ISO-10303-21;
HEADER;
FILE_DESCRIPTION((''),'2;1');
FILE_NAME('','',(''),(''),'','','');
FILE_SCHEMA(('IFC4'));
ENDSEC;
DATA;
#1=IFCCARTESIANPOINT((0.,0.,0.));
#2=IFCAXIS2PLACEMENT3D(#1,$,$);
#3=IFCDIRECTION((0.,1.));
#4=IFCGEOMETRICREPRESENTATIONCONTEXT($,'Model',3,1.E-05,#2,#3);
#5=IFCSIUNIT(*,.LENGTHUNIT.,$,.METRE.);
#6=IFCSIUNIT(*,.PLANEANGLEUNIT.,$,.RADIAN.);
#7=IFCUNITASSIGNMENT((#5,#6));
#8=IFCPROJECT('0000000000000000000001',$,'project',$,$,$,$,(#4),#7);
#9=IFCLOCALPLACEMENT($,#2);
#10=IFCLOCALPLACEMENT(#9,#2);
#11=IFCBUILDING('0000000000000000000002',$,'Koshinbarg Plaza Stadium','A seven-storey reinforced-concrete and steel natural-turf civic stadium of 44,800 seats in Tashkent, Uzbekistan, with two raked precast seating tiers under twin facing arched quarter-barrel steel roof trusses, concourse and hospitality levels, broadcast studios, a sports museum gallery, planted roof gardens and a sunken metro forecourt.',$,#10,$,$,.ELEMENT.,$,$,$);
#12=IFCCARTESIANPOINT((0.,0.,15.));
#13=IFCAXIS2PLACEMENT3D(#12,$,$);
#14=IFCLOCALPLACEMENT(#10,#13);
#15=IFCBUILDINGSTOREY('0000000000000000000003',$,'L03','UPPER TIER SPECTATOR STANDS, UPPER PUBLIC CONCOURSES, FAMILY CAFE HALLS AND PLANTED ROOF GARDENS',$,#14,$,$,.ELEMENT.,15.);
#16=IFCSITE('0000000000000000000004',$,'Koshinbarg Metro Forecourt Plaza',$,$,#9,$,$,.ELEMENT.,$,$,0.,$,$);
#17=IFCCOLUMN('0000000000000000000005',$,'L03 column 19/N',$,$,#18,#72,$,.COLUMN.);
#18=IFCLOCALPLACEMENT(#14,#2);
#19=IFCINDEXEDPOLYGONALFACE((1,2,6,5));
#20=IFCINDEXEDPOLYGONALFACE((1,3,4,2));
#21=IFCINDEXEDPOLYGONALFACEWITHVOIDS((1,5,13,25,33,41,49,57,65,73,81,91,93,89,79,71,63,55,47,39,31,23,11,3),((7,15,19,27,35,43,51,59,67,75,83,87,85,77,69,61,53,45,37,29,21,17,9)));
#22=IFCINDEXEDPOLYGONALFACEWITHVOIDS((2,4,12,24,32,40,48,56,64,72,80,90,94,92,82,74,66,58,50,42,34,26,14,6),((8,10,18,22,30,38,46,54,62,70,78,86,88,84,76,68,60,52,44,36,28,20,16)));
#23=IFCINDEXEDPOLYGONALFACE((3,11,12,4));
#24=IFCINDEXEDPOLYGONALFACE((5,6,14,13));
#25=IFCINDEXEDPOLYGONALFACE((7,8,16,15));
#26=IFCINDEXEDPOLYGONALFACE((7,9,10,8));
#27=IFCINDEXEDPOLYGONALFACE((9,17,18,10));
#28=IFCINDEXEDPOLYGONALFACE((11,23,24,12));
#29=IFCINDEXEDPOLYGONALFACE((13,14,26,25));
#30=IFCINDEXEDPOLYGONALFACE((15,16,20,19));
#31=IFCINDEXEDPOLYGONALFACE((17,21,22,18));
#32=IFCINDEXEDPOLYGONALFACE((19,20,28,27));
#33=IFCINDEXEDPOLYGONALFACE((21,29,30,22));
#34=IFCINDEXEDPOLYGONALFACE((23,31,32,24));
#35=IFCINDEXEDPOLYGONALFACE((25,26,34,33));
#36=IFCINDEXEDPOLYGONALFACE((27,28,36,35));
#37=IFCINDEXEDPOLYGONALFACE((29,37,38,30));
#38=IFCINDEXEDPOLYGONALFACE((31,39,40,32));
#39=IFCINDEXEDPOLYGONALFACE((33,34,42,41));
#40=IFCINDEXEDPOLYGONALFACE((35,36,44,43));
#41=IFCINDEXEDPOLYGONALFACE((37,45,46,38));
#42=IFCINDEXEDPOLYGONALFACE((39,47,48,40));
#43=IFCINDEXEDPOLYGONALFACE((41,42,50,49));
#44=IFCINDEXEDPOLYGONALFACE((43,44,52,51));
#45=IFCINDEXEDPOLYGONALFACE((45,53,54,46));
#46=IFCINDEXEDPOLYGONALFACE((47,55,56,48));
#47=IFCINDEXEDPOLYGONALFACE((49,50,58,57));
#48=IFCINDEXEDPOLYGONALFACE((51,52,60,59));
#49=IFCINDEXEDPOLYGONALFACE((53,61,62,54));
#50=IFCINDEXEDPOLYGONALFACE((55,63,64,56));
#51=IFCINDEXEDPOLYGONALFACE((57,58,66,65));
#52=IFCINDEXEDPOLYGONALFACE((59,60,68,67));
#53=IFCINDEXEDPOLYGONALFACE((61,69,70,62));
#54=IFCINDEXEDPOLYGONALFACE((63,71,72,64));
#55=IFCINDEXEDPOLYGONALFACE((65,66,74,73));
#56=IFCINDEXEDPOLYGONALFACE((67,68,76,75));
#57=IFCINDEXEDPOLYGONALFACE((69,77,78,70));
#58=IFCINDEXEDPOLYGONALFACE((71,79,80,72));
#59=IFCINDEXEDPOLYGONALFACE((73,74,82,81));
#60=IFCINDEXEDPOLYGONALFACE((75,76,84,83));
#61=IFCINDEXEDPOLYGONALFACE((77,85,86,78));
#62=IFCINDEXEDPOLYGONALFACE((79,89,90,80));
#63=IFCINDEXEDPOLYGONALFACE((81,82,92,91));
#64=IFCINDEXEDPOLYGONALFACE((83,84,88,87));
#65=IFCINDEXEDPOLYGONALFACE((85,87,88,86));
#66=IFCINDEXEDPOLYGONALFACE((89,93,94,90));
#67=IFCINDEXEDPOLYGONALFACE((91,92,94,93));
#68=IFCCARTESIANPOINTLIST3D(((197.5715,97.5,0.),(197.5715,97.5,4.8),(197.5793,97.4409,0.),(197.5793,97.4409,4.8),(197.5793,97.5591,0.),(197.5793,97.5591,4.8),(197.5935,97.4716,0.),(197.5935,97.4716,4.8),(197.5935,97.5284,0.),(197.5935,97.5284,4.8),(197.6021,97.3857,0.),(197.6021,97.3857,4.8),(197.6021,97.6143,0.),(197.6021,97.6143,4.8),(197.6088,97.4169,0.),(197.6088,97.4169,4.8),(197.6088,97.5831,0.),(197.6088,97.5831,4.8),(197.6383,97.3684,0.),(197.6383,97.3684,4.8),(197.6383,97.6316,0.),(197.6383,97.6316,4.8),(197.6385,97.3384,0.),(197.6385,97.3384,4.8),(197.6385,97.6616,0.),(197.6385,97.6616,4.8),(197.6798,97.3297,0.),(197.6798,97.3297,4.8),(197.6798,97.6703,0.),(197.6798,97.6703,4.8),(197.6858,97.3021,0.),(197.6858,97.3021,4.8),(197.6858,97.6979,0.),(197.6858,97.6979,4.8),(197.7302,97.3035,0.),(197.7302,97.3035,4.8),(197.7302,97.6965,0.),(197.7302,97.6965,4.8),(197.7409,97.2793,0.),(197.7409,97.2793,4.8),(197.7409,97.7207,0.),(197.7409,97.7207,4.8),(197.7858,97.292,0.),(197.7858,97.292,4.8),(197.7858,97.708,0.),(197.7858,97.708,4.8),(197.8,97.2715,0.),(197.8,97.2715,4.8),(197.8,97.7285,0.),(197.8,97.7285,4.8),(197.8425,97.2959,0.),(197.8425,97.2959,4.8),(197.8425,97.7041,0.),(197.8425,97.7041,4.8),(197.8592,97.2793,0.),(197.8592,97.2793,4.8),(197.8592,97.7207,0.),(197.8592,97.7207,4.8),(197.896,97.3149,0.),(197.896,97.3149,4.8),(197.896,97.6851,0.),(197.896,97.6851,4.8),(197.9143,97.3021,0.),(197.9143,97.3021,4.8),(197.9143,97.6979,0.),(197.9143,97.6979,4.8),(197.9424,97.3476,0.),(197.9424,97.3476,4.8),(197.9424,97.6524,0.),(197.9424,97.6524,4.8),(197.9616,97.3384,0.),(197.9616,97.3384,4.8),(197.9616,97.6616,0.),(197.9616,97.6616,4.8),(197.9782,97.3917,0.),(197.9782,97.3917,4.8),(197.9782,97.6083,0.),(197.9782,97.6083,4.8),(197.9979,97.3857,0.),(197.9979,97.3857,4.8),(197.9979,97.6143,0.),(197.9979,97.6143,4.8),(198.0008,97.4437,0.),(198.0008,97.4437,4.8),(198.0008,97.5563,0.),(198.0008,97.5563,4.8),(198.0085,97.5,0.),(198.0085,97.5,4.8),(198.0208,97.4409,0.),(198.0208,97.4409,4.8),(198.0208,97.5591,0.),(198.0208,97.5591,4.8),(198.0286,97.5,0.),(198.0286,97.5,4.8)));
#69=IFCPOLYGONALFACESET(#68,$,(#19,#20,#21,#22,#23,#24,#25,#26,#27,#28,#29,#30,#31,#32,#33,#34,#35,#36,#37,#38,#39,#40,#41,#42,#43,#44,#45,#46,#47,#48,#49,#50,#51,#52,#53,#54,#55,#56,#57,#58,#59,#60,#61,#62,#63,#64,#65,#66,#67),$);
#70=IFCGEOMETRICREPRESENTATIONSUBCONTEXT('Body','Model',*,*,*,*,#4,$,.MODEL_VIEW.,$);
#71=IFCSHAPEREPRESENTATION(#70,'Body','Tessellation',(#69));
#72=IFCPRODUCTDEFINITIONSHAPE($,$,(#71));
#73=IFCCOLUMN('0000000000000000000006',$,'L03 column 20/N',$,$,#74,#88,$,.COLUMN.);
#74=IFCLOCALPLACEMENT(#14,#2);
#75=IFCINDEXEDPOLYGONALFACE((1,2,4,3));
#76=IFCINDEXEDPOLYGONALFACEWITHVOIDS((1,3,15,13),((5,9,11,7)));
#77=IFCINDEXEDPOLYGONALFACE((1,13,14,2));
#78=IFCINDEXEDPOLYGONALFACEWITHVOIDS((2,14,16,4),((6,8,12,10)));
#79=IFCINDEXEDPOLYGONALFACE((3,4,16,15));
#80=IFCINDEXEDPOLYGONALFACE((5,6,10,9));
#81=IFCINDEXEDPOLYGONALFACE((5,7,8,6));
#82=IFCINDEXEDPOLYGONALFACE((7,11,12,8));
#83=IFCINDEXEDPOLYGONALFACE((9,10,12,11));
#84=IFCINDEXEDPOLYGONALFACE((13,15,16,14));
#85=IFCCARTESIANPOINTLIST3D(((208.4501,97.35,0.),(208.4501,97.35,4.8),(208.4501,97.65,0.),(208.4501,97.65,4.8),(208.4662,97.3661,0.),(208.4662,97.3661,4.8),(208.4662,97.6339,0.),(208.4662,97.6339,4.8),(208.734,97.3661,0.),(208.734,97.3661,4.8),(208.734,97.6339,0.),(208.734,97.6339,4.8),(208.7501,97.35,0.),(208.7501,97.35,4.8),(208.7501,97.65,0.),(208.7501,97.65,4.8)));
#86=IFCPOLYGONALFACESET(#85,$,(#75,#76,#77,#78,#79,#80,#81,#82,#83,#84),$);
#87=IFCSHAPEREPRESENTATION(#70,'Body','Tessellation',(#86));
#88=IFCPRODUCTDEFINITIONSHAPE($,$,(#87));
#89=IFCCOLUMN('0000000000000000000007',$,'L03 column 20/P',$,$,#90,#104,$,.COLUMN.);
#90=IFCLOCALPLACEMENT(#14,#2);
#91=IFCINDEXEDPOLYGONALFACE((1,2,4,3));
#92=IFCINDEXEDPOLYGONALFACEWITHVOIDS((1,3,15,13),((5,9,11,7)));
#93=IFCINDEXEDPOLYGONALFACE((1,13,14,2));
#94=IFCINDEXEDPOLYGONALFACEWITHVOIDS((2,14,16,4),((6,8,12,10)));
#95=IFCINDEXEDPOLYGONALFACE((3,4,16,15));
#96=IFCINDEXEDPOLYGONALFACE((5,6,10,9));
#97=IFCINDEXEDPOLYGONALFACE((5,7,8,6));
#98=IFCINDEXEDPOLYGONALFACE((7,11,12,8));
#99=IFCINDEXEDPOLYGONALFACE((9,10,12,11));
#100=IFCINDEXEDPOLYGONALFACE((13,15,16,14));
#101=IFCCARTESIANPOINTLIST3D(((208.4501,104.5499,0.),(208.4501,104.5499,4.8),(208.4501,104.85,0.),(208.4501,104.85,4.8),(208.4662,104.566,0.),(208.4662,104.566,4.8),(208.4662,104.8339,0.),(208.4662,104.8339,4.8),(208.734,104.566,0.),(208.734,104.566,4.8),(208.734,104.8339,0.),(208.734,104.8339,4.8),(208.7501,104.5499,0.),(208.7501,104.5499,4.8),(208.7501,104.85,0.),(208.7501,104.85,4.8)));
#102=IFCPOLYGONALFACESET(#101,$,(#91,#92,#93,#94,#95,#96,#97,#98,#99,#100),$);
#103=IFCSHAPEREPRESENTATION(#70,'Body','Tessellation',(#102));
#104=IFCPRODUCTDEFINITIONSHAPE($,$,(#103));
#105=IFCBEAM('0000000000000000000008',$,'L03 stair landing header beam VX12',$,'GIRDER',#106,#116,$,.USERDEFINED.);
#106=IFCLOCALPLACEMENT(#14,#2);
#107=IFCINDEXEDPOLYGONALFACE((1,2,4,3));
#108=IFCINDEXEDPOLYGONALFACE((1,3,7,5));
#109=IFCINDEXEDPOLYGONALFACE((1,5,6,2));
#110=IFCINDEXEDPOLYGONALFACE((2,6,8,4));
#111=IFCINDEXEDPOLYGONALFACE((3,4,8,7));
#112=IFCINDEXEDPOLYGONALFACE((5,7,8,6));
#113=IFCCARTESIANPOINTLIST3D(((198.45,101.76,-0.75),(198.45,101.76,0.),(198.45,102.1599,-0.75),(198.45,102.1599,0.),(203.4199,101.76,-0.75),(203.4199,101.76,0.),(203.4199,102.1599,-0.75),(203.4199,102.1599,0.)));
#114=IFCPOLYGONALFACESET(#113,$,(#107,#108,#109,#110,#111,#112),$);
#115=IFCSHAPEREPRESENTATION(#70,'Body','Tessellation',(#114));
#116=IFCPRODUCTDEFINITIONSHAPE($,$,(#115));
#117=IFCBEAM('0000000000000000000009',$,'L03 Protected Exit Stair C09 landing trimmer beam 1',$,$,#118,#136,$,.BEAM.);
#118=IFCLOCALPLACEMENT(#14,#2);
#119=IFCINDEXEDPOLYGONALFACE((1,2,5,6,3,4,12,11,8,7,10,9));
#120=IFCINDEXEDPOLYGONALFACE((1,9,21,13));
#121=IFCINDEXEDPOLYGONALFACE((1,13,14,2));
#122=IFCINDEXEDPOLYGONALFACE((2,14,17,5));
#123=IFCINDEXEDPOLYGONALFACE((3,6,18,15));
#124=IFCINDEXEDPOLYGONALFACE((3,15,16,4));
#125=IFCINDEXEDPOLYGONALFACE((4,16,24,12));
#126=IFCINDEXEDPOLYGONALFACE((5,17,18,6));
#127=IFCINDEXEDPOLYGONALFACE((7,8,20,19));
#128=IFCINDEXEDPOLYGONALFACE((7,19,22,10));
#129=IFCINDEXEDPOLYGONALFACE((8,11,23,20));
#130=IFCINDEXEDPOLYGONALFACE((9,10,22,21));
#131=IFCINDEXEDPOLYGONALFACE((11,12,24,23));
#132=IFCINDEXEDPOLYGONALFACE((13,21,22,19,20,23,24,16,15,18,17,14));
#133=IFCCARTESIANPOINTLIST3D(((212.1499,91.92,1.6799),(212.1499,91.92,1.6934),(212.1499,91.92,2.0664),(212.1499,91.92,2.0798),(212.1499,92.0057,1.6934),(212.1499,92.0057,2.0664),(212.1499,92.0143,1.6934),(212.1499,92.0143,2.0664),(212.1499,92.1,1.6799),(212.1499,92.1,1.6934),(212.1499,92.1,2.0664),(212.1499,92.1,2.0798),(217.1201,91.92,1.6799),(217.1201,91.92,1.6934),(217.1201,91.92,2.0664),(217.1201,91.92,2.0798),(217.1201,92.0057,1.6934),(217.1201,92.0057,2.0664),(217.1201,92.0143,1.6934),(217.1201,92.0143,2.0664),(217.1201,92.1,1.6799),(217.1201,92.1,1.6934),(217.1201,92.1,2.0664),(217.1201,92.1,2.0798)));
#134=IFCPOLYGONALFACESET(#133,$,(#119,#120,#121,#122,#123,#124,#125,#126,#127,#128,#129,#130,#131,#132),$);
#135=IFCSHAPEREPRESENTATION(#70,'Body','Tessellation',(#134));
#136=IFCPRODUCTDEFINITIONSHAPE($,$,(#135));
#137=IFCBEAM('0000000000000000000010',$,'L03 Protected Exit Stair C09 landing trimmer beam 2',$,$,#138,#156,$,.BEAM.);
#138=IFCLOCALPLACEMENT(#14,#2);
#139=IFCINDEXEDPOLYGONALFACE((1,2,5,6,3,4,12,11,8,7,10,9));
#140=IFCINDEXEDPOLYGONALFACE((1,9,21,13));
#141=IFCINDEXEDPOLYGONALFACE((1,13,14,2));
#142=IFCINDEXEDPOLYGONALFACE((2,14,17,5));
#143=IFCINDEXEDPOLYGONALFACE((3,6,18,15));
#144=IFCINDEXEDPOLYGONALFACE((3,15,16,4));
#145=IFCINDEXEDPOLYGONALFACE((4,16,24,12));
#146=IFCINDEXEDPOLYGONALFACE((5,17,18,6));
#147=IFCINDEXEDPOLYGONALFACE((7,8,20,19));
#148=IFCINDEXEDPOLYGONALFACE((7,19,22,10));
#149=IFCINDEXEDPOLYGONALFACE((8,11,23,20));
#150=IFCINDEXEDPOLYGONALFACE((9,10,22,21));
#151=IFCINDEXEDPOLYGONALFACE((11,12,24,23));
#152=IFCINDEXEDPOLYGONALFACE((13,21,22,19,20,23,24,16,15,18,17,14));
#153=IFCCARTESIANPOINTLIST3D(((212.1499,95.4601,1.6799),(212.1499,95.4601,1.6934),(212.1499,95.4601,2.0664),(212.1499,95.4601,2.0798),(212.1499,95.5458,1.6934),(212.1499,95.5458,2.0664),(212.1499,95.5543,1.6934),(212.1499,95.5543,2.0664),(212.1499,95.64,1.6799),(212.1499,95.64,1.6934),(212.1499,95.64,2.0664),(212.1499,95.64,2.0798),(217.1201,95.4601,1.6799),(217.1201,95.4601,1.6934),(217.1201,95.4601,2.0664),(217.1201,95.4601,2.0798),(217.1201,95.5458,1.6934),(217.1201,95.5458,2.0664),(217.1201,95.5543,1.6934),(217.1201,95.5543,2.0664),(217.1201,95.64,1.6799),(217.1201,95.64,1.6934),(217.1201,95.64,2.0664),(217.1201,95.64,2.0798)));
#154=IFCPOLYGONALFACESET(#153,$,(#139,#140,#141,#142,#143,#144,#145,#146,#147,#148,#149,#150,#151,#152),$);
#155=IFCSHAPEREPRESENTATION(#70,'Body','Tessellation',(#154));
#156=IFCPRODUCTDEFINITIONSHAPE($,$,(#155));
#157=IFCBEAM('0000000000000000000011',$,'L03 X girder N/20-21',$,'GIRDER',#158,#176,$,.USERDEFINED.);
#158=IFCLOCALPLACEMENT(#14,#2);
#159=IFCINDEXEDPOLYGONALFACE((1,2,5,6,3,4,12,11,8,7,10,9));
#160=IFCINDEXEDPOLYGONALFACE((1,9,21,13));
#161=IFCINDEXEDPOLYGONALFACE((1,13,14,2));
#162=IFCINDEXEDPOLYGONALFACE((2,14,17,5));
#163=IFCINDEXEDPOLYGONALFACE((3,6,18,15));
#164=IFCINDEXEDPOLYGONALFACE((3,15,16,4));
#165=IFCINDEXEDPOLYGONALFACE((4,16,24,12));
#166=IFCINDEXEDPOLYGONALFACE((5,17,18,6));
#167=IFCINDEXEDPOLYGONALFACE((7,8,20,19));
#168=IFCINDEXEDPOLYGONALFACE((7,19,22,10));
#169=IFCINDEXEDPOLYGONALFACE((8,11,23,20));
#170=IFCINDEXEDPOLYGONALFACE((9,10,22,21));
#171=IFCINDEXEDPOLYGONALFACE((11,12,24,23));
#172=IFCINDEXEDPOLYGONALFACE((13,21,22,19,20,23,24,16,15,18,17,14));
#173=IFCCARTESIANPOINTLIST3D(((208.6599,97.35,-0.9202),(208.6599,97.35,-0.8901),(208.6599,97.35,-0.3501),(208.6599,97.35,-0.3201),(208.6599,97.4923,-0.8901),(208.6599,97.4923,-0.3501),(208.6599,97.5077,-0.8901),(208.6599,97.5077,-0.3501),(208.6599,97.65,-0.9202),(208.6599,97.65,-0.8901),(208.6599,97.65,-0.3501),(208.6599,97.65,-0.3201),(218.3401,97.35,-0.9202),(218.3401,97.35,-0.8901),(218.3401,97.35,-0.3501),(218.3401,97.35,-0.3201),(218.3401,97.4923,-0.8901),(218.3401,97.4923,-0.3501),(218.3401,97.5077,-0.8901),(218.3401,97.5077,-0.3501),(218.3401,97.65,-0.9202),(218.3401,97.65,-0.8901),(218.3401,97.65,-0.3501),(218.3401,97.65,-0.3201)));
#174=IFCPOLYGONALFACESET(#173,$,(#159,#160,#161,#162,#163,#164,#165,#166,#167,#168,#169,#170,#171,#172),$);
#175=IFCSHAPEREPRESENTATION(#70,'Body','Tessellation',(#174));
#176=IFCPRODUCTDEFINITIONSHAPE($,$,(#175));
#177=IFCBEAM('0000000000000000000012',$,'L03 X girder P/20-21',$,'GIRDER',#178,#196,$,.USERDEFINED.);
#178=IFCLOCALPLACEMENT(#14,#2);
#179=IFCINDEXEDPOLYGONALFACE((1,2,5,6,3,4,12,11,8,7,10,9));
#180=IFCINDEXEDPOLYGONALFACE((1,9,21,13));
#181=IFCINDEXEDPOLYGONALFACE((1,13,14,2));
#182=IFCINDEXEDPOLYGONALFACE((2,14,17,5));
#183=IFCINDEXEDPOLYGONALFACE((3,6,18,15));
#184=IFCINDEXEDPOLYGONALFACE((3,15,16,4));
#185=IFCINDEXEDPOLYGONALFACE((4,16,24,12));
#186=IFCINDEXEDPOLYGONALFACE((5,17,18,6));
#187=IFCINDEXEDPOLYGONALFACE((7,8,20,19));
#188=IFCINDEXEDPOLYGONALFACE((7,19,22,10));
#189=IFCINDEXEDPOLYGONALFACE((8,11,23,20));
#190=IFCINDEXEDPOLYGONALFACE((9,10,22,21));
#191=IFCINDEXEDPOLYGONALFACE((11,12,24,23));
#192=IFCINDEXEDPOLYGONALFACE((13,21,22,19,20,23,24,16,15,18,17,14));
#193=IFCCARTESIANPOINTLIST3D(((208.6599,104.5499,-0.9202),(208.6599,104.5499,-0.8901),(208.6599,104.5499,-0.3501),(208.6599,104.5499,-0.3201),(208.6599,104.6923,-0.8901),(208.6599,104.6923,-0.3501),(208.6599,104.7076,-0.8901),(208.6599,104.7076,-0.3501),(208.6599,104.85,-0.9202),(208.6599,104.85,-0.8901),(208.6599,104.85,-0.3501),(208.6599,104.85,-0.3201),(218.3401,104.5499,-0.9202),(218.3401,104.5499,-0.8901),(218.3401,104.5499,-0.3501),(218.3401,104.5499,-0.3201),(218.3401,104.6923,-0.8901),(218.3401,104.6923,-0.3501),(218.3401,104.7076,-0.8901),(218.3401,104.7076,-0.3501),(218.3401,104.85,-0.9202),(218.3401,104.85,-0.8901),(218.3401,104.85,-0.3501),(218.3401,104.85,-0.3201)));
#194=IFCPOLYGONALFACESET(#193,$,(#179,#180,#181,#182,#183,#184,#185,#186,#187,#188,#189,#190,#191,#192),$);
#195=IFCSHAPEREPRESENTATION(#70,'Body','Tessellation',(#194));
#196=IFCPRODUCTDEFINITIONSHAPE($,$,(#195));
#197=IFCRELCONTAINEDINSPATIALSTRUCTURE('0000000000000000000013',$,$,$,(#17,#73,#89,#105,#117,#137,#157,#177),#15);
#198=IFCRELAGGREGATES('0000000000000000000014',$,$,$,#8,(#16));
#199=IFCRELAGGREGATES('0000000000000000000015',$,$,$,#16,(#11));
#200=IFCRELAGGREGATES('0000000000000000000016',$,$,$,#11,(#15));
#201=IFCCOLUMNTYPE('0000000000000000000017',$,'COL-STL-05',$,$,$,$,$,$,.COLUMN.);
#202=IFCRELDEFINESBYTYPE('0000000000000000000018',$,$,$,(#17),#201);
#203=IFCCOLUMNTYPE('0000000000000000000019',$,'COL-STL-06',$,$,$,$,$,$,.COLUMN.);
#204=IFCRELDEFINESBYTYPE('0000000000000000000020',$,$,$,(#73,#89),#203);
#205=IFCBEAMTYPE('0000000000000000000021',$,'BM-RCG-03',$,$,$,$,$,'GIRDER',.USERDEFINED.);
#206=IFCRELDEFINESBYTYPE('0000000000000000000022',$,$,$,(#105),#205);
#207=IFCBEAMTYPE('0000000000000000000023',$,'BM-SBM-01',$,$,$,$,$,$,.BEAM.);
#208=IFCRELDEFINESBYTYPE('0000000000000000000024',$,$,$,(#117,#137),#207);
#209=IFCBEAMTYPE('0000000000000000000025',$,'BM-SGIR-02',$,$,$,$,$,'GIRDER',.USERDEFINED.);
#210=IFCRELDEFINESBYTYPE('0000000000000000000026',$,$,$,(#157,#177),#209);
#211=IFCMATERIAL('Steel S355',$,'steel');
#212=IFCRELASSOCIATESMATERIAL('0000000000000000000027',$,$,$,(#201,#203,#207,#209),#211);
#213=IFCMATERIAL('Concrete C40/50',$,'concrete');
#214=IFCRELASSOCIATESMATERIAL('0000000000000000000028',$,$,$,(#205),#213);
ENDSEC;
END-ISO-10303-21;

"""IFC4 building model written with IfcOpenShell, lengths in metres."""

from ifc_helpers import new_model, si_unit, direction, frame, origin, origin_2d, place, context, subcontext, project, spatial, rectangle, hollow_rectangle, hollow_circle, i_section, extrude, material, material_profile, profile_set, type_object, element, save


model = new_model("IFC4")

# Units and contexts
model_context = context("Model", 3, precision=1e-05, world=origin(), true_north=direction((0.0, 1.0)))
body_context = subcontext(model_context, "Body", "Model", "MODEL_VIEW")
ifc_project = project(units=[si_unit("LENGTHUNIT", "METRE"), si_unit("PLANEANGLEUNIT", "RADIAN")], contexts=[model_context])

# Site, building, storey
site_placement = place(None, origin())
site = spatial("IfcSite", under=ifc_project, at=site_placement, Name="Koshinbarg Metro Forecourt Plaza", CompositionType="ELEMENT", RefElevation=0.0)
building_placement = place(site_placement, origin())
building = spatial("IfcBuilding", under=site, at=building_placement, Name="Koshinbarg Plaza Stadium", Description="A seven-storey reinforced-concrete and steel natural-turf civic stadium of 44,800 seats in Tashkent, Uzbekistan, with two raked precast seating tiers under twin facing arched quarter-barrel steel roof trusses, concourse and hospitality levels, broadcast studios, a sports museum gallery, planted roof gardens and a sunken metro forecourt.", CompositionType="ELEMENT")
storey_placement = place(building_placement, frame((0.0, 0.0, 15.0)))
storey = spatial("IfcBuildingStorey", under=building, at=storey_placement, Name="L03", Description="UPPER TIER SPECTATOR STANDS, UPPER PUBLIC CONCOURSES, FAMILY CAFE HALLS AND PLANTED ROOF GARDENS", CompositionType="ELEMENT", Elevation=15.0)

# Columns
ifc_material_1 = material(Name="Steel S355", Category="steel")
ifc_material_profile_1 = material_profile(ifc_material_1, hollow_circle(Radius=0.2285, WallThickness=0.02, at=origin_2d()), Name="CHS 457x20")
ifc_profile_set_1 = profile_set([ifc_material_profile_1], Name="Steel S355")
column_type_1 = type_object("IfcColumnType", Name="COL-STL-05", PredefinedType="COLUMN", material=ifc_profile_set_1)
column_placement = place(storey_placement, frame((197.8, 97.5, 0.0), z_axis=(0.0, 0.0, 1.0), x_axis=(1.0, 0.0, 0.0)))
element("IfcColumn", 1, at=column_placement, inside=storey, type_object=column_type_1, Name="L03 column 19/N", PredefinedType="COLUMN", context=body_context, shape_type="SweptSolid", body=[
    extrude(hollow_circle(Radius=0.2285, WallThickness=0.02, at=origin_2d()), origin(), (0.0, 0.0, 1.0), 4.8),
])
ifc_material_profile_2 = material_profile(ifc_material_1, hollow_rectangle(XDim=0.3, YDim=0.3, WallThickness=0.0161, at=origin_2d()), Name="SHS 300x300x16")
ifc_profile_set_2 = profile_set([ifc_material_profile_2], Name="Steel S355")
column_type_2 = type_object("IfcColumnType", Name="COL-STL-06", PredefinedType="COLUMN", material=ifc_profile_set_2)
for number, where, z_axis, x_axis, name in (
    (2, (208.6001, 97.5, 0.0), (0.0, 0.0, 1.0), (1.0, 0.0, 0.0), "L03 column 20/N"),
    (3, (208.6001, 104.7, 0.0), (0.0, 0.0, 1.0), (1.0, 0.0, 0.0), "L03 column 20/P"),
):
    element("IfcColumn", number, at=place(storey_placement, frame(where, z_axis=z_axis, x_axis=x_axis)), inside=storey, type_object=column_type_2, Name=name, PredefinedType="COLUMN", context=body_context, shape_type="SweptSolid", body=[
        extrude(hollow_rectangle(XDim=0.3, YDim=0.3, WallThickness=0.0161, at=origin_2d()), origin(), (0.0, 0.0, 1.0), 4.8),
    ])

# Beams
ifc_material_2 = material(Name="Concrete C40/50", Category="concrete")
ifc_material_profile_3 = material_profile(ifc_material_2, rectangle(XDim=0.3999, YDim=0.75, at=origin_2d()), Name="RC 400x750")
ifc_profile_set_3 = profile_set([ifc_material_profile_3], Name="Concrete C40/50")
beam_type_1 = type_object("IfcBeamType", Name="BM-RCG-03", ElementType="GIRDER", PredefinedType="USERDEFINED", material=ifc_profile_set_3)
beam_1_placement = place(storey_placement, frame((198.45, 101.96, -0.375), z_axis=(1.0, 0.0, 0.0), x_axis=(0.0, 1.0, 0.0)))
element("IfcBeam", 4, at=beam_1_placement, inside=storey, type_object=beam_type_1, Name="L03 stair landing header beam VX12", ObjectType="GIRDER", PredefinedType="USERDEFINED", context=body_context, shape_type="SweptSolid", body=[
    extrude(rectangle(XDim=0.3999, YDim=0.75, at=origin_2d()), origin(), (0.0, 0.0, 1.0), 4.97),
])
ifc_material_profile_4 = material_profile(ifc_material_1, i_section(OverallWidth=0.1799, OverallDepth=0.3999, WebThickness=0.0085, FlangeThickness=0.0134, at=origin_2d()), Name="IPE 400")
ifc_profile_set_4 = profile_set([ifc_material_profile_4], Name="Steel S355")
beam_type_2 = type_object("IfcBeamType", Name="BM-SBM-01", PredefinedType="BEAM", material=ifc_profile_set_4)
for number, where, z_axis, x_axis, name in (
    (5, (212.1499, 92.01, 1.8799), (1.0, 0.0, 0.0), (0.0, 1.0, 0.0), "L03 Protected Exit Stair C09 landing trimmer beam 1"),
    (6, (212.1499, 95.55, 1.8799), (1.0, 0.0, 0.0), (0.0, 1.0, 0.0), "L03 Protected Exit Stair C09 landing trimmer beam 2"),
):
    element("IfcBeam", number, at=place(storey_placement, frame(where, z_axis=z_axis, x_axis=x_axis)), inside=storey, type_object=beam_type_2, Name=name, PredefinedType="BEAM", context=body_context, shape_type="SweptSolid", body=[
        extrude(i_section(OverallWidth=0.1799, OverallDepth=0.3999, WebThickness=0.0085, FlangeThickness=0.0134, at=origin_2d()), origin(), (0.0, 0.0, 1.0), 4.9702),
    ])
ifc_material_profile_5 = material_profile(ifc_material_1, i_section(OverallWidth=0.3, OverallDepth=0.6001, WebThickness=0.0154, FlangeThickness=0.03, at=origin_2d()), Name="HEB 600")
ifc_profile_set_5 = profile_set([ifc_material_profile_5], Name="Steel S355")
beam_type_3 = type_object("IfcBeamType", Name="BM-SGIR-02", ElementType="GIRDER", PredefinedType="USERDEFINED", material=ifc_profile_set_5)
for number, where, z_axis, x_axis, name in (
    (7, (208.6599, 97.5, -0.6201), (1.0, 0.0, 0.0), (0.0, 1.0, 0.0), "L03 X girder N/20-21"),
    (8, (208.6599, 104.7, -0.6201), (1.0, 0.0, 0.0), (0.0, 1.0, 0.0), "L03 X girder P/20-21"),
):
    element("IfcBeam", number, at=place(storey_placement, frame(where, z_axis=z_axis, x_axis=x_axis)), inside=storey, type_object=beam_type_3, Name=name, ObjectType="GIRDER", PredefinedType="USERDEFINED", context=body_context, shape_type="SweptSolid", body=[
        extrude(i_section(OverallWidth=0.3, OverallDepth=0.6001, WebThickness=0.0154, FlangeThickness=0.03, at=origin_2d()), origin(), (0.0, 0.0, 1.0), 9.6802),
    ])

save(model, "model.ifc")
